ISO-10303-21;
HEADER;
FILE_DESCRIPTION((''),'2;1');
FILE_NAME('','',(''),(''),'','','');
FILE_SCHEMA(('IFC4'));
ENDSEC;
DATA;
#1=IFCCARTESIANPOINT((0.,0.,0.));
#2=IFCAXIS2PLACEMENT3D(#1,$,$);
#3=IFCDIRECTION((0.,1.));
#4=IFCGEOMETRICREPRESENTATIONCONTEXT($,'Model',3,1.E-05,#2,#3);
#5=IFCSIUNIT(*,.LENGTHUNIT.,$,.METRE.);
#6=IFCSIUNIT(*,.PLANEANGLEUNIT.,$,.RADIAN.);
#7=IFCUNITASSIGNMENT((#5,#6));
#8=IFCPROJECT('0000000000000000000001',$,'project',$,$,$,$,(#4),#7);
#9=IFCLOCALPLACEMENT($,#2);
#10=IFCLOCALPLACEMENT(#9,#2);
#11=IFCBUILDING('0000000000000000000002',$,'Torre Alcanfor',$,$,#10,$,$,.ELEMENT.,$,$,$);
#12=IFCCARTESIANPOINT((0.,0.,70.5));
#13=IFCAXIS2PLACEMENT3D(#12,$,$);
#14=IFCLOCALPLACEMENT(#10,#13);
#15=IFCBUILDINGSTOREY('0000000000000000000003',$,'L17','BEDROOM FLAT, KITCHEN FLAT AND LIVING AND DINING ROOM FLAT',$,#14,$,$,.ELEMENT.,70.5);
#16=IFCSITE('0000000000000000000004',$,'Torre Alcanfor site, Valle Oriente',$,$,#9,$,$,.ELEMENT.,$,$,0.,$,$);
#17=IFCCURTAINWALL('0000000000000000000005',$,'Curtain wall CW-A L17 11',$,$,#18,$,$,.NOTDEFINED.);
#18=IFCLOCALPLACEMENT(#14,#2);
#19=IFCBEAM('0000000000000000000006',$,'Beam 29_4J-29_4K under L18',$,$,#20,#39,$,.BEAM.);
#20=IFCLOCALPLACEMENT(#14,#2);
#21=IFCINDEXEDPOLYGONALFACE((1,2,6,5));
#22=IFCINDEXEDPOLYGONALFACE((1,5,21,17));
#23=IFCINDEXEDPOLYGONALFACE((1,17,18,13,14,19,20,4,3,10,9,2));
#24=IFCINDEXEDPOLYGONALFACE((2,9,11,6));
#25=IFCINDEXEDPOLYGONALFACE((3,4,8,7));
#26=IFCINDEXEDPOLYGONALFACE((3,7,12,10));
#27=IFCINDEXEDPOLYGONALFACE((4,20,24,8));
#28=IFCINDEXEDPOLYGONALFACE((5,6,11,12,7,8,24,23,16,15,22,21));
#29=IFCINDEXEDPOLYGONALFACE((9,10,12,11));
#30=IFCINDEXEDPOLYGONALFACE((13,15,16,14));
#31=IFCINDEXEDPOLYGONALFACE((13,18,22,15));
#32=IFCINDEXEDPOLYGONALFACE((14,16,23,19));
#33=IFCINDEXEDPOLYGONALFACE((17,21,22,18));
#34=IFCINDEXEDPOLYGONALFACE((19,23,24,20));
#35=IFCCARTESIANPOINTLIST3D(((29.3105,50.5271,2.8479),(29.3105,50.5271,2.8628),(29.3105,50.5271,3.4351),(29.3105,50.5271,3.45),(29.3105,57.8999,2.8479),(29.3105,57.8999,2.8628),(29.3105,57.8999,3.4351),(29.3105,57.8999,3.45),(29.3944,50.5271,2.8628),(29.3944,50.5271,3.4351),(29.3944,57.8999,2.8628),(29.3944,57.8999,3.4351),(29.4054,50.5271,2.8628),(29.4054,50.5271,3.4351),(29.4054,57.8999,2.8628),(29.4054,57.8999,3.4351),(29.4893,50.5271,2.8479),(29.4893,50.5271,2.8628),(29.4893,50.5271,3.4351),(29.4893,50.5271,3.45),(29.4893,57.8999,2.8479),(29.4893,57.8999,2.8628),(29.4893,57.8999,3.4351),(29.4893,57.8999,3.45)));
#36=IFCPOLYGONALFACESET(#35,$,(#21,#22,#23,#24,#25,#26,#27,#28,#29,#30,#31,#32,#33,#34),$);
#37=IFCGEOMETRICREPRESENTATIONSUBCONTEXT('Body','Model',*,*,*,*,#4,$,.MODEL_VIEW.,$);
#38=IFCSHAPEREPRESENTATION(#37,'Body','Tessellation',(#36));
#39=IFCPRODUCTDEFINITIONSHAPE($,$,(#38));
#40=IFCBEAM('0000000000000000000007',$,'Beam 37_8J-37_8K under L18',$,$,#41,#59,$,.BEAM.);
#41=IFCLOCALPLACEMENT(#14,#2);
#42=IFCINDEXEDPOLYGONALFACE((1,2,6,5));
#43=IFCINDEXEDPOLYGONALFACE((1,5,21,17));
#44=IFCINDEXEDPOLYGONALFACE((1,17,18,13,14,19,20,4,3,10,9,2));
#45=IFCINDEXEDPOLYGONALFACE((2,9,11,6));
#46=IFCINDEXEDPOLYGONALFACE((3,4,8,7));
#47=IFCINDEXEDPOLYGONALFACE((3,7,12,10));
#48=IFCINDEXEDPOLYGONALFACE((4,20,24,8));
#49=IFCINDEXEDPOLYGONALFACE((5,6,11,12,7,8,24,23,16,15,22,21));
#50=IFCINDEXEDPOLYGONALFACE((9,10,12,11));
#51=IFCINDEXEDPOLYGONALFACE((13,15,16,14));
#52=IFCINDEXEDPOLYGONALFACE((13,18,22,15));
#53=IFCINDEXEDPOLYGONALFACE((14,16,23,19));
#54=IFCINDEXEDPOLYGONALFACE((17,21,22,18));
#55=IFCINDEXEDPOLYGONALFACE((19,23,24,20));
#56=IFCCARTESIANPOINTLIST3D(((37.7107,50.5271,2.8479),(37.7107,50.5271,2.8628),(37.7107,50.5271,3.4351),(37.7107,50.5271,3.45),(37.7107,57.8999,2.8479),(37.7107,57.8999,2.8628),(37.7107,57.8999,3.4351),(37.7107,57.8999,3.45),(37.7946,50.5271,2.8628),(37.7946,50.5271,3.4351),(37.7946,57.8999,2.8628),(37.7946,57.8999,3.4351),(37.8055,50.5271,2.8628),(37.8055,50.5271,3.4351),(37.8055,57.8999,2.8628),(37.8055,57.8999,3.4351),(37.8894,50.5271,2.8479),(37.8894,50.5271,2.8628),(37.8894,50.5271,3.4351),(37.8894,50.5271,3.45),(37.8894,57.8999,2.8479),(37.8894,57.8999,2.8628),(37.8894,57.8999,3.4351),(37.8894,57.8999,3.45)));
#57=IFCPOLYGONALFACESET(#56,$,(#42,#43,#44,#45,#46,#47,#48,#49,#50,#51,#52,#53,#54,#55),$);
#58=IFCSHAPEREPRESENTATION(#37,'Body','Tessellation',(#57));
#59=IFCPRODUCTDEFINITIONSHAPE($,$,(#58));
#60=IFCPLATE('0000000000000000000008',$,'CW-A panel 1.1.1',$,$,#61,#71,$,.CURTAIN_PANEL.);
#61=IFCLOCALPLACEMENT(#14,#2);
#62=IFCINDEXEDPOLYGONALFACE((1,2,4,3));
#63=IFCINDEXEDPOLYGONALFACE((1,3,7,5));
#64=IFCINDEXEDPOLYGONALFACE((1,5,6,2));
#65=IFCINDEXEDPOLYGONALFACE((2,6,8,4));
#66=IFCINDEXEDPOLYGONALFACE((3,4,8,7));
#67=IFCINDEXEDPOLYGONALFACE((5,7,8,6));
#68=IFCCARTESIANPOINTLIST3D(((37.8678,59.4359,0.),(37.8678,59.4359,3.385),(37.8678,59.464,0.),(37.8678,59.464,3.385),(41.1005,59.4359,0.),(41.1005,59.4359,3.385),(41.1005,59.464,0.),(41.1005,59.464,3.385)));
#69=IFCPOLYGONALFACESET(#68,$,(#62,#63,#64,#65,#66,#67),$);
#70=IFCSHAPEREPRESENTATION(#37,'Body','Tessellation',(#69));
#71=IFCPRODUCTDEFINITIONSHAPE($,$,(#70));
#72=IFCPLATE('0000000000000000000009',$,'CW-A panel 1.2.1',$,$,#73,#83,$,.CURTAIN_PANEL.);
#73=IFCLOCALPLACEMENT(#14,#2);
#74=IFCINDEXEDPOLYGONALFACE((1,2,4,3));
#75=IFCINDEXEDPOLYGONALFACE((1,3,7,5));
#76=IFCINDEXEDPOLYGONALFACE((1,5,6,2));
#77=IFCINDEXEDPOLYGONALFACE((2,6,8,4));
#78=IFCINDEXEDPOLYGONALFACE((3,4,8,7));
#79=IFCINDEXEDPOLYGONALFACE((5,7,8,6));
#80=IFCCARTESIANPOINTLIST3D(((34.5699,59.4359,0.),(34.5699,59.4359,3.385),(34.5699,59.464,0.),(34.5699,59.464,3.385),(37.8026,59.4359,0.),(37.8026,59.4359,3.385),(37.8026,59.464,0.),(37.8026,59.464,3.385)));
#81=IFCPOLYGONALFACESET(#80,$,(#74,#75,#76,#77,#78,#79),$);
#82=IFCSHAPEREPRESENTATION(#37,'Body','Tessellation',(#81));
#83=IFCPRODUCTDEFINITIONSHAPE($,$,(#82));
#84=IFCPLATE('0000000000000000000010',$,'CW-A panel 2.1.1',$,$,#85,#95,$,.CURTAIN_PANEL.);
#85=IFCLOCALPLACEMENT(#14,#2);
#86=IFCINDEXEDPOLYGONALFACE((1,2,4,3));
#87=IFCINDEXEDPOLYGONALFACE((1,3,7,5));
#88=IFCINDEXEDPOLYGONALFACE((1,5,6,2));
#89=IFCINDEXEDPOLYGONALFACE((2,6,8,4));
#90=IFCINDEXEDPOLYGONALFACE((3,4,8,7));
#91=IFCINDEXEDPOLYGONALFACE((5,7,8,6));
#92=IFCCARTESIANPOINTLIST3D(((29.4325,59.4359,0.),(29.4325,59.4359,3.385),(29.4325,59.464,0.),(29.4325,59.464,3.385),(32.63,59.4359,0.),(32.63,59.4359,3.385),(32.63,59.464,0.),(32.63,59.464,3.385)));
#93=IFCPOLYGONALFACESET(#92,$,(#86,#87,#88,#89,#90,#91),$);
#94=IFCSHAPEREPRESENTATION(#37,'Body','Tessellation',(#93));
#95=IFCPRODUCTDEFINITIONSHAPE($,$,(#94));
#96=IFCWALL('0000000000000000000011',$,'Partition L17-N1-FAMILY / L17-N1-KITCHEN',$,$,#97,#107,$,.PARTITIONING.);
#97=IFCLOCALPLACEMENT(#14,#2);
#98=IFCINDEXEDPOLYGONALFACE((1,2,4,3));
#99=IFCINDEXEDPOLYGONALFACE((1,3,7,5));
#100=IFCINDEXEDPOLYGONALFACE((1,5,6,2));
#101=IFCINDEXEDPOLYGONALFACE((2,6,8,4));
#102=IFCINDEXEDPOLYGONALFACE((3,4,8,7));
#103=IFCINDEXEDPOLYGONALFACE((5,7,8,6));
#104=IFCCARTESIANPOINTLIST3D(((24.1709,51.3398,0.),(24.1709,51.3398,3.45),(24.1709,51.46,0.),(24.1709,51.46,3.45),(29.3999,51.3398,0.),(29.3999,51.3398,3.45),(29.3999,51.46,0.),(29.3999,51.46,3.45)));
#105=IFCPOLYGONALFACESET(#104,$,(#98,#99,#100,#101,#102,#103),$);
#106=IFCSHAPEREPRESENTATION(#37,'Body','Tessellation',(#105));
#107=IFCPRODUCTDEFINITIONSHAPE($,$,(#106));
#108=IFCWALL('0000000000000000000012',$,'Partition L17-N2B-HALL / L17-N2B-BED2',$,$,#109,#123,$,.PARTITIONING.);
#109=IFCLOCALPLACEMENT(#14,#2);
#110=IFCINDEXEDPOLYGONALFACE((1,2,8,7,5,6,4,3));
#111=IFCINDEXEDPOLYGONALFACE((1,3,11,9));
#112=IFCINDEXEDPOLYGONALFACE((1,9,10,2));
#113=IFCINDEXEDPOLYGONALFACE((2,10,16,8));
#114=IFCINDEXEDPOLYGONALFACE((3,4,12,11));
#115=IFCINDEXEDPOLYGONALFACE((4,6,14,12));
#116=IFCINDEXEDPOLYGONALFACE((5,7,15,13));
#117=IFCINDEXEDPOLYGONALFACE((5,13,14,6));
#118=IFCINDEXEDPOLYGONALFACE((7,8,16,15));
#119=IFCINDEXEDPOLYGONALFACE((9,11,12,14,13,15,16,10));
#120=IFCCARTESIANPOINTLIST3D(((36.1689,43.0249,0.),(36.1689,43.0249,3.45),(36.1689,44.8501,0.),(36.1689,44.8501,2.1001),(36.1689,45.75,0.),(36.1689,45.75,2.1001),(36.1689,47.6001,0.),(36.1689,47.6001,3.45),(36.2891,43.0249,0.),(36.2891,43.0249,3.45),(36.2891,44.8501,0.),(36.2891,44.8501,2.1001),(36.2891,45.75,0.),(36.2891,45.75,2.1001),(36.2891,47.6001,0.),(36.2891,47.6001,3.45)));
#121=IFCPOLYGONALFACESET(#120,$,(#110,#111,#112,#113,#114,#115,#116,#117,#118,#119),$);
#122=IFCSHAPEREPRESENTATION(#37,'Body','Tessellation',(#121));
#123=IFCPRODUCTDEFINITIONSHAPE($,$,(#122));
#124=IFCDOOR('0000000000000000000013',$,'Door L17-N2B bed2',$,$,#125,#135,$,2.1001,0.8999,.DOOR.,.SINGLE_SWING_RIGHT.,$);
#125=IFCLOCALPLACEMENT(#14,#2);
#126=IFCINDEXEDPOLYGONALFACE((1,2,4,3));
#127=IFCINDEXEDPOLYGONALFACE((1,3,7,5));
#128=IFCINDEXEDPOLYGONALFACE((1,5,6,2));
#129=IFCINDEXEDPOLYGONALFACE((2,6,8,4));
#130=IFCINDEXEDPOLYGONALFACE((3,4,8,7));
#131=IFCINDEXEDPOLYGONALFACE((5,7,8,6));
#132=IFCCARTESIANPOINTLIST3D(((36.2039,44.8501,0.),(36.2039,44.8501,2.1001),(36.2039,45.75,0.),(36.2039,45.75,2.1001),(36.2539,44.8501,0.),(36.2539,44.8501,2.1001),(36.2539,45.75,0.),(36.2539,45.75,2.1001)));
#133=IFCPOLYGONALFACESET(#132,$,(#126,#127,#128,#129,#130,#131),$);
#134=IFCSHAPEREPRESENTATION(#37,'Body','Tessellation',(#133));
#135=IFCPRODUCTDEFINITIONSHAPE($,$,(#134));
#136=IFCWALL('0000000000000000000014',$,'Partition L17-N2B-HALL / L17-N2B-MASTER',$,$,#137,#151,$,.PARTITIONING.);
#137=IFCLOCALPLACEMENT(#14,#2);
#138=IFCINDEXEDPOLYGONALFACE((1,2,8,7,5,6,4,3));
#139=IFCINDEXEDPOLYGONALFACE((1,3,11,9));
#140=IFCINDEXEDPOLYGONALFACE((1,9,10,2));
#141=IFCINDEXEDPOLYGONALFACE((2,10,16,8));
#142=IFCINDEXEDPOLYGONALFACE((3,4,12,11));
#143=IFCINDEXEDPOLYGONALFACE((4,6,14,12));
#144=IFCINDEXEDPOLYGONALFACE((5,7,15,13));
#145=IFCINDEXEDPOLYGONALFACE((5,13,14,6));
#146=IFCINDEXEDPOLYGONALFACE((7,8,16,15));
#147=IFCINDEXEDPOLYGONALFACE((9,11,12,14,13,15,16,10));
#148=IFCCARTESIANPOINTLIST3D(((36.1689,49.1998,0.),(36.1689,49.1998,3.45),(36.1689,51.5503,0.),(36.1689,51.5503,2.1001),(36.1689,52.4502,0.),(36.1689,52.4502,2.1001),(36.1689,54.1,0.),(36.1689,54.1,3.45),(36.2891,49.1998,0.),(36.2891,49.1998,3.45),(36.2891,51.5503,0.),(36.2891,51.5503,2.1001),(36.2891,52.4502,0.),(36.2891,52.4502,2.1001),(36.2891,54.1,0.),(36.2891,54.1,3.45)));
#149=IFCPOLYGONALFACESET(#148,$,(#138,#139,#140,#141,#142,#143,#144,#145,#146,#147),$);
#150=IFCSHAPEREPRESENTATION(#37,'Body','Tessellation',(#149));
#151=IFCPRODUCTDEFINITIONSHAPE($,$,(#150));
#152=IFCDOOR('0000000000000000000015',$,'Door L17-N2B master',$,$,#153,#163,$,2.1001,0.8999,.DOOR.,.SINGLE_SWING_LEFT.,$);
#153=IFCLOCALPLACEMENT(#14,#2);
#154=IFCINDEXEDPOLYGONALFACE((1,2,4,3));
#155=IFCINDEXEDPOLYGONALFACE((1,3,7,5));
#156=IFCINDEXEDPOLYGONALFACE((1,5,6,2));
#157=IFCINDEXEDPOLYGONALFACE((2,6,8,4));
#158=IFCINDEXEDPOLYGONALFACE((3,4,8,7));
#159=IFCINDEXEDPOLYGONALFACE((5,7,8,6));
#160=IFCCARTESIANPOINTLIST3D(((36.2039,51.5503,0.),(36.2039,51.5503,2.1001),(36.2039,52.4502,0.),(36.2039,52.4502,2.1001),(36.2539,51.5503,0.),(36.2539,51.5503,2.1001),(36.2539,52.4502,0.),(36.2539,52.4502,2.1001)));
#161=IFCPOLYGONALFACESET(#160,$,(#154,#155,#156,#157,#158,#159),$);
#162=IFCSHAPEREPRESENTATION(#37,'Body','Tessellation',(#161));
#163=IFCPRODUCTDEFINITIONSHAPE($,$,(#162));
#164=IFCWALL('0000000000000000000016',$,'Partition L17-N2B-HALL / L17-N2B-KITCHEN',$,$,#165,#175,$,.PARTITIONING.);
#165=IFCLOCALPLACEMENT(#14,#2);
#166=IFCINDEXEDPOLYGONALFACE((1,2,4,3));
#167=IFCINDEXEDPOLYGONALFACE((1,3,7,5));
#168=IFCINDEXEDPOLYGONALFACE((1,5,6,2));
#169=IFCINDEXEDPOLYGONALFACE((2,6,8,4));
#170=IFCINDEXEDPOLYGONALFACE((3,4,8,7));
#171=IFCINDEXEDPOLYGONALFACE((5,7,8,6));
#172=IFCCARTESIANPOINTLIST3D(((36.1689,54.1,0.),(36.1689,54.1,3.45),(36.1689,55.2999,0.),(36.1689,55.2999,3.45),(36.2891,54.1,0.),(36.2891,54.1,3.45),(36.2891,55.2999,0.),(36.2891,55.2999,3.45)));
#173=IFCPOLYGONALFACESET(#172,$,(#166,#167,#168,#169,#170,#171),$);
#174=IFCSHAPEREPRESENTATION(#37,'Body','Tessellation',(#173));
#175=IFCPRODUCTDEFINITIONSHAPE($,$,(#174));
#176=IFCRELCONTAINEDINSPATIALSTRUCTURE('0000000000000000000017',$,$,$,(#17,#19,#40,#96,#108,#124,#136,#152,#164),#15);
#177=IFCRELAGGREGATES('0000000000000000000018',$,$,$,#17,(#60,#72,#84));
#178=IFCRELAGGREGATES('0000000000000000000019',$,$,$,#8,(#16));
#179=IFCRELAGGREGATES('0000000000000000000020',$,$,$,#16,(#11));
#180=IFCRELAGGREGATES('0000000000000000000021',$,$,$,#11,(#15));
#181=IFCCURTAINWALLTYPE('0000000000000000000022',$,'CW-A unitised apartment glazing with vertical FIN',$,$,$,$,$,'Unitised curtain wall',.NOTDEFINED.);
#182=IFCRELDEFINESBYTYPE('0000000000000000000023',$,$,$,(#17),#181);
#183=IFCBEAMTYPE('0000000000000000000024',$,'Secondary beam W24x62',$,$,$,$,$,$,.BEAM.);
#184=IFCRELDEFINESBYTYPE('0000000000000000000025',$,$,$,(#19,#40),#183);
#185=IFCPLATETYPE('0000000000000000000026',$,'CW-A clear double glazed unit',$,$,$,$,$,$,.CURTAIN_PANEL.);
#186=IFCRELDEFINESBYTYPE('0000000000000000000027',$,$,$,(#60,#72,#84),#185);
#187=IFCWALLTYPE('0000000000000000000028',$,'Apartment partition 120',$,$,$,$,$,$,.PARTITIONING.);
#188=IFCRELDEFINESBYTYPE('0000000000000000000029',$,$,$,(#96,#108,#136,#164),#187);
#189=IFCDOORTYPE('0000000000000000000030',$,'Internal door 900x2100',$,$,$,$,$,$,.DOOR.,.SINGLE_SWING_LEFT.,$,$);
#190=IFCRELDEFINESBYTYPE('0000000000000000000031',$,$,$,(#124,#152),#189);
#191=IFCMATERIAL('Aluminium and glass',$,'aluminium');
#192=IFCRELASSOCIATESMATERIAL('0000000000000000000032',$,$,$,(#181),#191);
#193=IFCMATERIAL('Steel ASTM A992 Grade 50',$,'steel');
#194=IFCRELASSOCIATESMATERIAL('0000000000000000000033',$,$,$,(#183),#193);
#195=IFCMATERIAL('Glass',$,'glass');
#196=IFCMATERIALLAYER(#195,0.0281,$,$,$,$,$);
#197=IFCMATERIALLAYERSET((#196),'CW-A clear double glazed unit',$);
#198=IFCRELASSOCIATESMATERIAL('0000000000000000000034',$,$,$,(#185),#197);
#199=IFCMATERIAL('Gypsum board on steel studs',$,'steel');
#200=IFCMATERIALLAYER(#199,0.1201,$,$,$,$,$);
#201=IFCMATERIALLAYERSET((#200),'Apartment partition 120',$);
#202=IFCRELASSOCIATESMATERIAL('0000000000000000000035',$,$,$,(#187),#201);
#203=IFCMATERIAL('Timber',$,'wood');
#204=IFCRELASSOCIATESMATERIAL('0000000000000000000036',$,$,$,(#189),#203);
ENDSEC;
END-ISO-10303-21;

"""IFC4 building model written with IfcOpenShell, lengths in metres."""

from ifc_helpers import new_model, si_unit, direction, frame, frame_2d, origin, origin_2d, place, context, subcontext, project, spatial, rectangle, i_section, extrude, material, layer, layer_set, material_profile, profile_set, type_object, element, fill, aggregate, save


model = new_model("IFC4")

# Units and contexts
model_context = context("Model", 3, precision=1e-05, world=origin(), true_north=direction((0.0, 1.0)))
body_context = subcontext(model_context, "Body", "Model", "MODEL_VIEW")
ifc_project = project(units=[si_unit("LENGTHUNIT", "METRE"), si_unit("PLANEANGLEUNIT", "RADIAN")], contexts=[model_context])

# Site, building, storey
site_placement = place(None, origin())
site = spatial("IfcSite", under=ifc_project, at=site_placement, Name="Torre Alcanfor site, Valle Oriente", CompositionType="ELEMENT", RefElevation=0.0)
building_placement = place(site_placement, origin())
building = spatial("IfcBuilding", under=site, at=building_placement, Name="Torre Alcanfor", CompositionType="ELEMENT")
storey_placement = place(building_placement, frame((0.0, 0.0, 70.5)))
storey = spatial("IfcBuildingStorey", under=building, at=storey_placement, Name="L17", Description="BEDROOM FLAT, KITCHEN FLAT AND LIVING AND DINING ROOM FLAT", CompositionType="ELEMENT", Elevation=70.5)

# Curtain wall
ifc_material_1 = material(Name="Aluminium and glass", Category="aluminium")
curtain_wall_type = type_object("IfcCurtainWallType", Name="CW-A unitised apartment glazing with vertical FIN", ElementType="Unitised curtain wall", PredefinedType="NOTDEFINED", material=ifc_material_1)
curtain_wall_placement = place(storey_placement, origin())
curtain_wall = element("IfcCurtainWall", 1, at=curtain_wall_placement, inside=storey, type_object=curtain_wall_type, Name="Curtain wall CW-A L17 11", PredefinedType="NOTDEFINED")

# Beams
ifc_material_2 = material(Name="Steel ASTM A992 Grade 50", Category="steel")
ifc_material_profile_1 = material_profile(ifc_material_2, i_section(OverallWidth=0.1787, OverallDepth=0.6021, WebThickness=0.011, FlangeThickness=0.0149, at=origin_2d()), Name="W24x62")
ifc_profile_set_1 = profile_set([ifc_material_profile_1], Name="Steel ASTM A992 Grade 50")
beam_type_1 = type_object("IfcBeamType", Name="Secondary beam W24x62", PredefinedType="BEAM", material=ifc_profile_set_1)
for number, where, z_axis, x_axis, name in (
    (2, (29.3999, 50.5271, 3.1489), (0.0, 1.0, 0.0), (-1.0, 0.0, 0.0), "Beam 29_4J-29_4K under L18"),
    (3, (37.8, 50.5271, 3.1489), (0.0, 1.0, 0.0), (-1.0, 0.0, 0.0), "Beam 37_8J-37_8K under L18"),
):
    element("IfcBeam", number, at=place(storey_placement, frame(where, z_axis=z_axis, x_axis=x_axis)), inside=storey, type_object=beam_type_1, Name=name, PredefinedType="BEAM", context=body_context, shape_type="SweptSolid", body=[
        extrude(i_section(OverallWidth=0.1787, OverallDepth=0.6021, WebThickness=0.011, FlangeThickness=0.0149, at=origin_2d()), origin(), (0.0, 0.0, 1.0), 7.3728),
    ])

# Plates
ifc_material_3 = material(Name="Glass", Category="glass")
ifc_layer_1 = layer(ifc_material_3, 0.0281)
ifc_layer_set_1 = layer_set([ifc_layer_1], Name="CW-A clear double glazed unit")
plate_type = type_object("IfcPlateType", Name="CW-A clear double glazed unit", PredefinedType="CURTAIN_PANEL", material=ifc_layer_set_1)
plate_1_placement = place(storey_placement, frame((39.4841, 59.45, 0.0), z_axis=(0.0, 0.0, 1.0), x_axis=(-1.0, 0.0, 0.0)))
plate_1 = element("IfcPlate", 4, at=plate_1_placement, type_object=plate_type, Name="CW-A panel 1.1.1", PredefinedType="CURTAIN_PANEL", context=body_context, shape_type="SweptSolid", body=[
    extrude(rectangle(XDim=3.2327, YDim=0.0281, at=origin_2d()), origin(), (0.0, 0.0, 1.0), 3.385),
])
plate_2_placement = place(storey_placement, frame((36.1863, 59.45, 0.0), z_axis=(0.0, 0.0, 1.0), x_axis=(-1.0, 0.0, 0.0)))
plate_2 = element("IfcPlate", 5, at=plate_2_placement, type_object=plate_type, Name="CW-A panel 1.2.1", PredefinedType="CURTAIN_PANEL", context=body_context, shape_type="SweptSolid", body=[
    extrude(rectangle(XDim=3.2327, YDim=0.0281, at=origin_2d()), origin(), (0.0, 0.0, 1.0), 3.385),
])
plate_3_placement = place(storey_placement, frame((31.0312, 59.45, 0.0), z_axis=(0.0, 0.0, 1.0), x_axis=(-1.0, 0.0, 0.0)))
plate_3 = element("IfcPlate", 6, at=plate_3_placement, type_object=plate_type, Name="CW-A panel 2.1.1", PredefinedType="CURTAIN_PANEL", context=body_context, shape_type="SweptSolid", body=[
    extrude(rectangle(XDim=3.1975, YDim=0.0281, at=origin_2d()), origin(), (0.0, 0.0, 1.0), 3.385),
])
aggregate(curtain_wall, [plate_1, plate_2, plate_3])

# Wall
ifc_material_4 = material(Name="Gypsum board on steel studs", Category="steel")
ifc_layer_2 = layer(ifc_material_4, 0.1201)
ifc_layer_set_2 = layer_set([ifc_layer_2], Name="Apartment partition 120")
wall_type_1 = type_object("IfcWallType", Name="Apartment partition 120", PredefinedType="PARTITIONING", material=ifc_layer_set_2)
wall_1_placement = place(storey_placement, frame((29.3999, 51.3999, 0.0), z_axis=(0.0, 0.0, 1.0), x_axis=(-1.0, 0.0, 0.0)))
element("IfcWall", 7, at=wall_1_placement, inside=storey, type_object=wall_type_1, Name="Partition L17-N1-FAMILY / L17-N1-KITCHEN", PredefinedType="PARTITIONING", context=body_context, shape_type="SweptSolid", body=[
    extrude(rectangle(XDim=5.229, YDim=0.1201, at=frame_2d((2.6145, 0.0))), origin(), (0.0, 0.0, 1.0), 3.45),
])

# Walls, openings, doors
wall_2_placement = place(storey_placement, frame((36.229, 47.6001, 0.0), z_axis=(0.0, 0.0, 1.0), x_axis=(0.0, -1.0, 0.0)))
wall_2 = element("IfcWall", 8, at=wall_2_placement, inside=storey, type_object=wall_type_1, Name="Partition L17-N2B-HALL / L17-N2B-BED2", PredefinedType="PARTITIONING", context=body_context, shape_type="SweptSolid", body=[
    extrude(rectangle(XDim=4.5752, YDim=0.1201, at=frame_2d((2.2876, 0.0))), origin(), (0.0, 0.0, 1.0), 3.45),
])
opening_1_placement = place(wall_2_placement, frame((1.8501, 0.0, 0.0)))
opening_1 = element("IfcOpeningElement", 9, at=opening_1_placement, cuts=wall_2, PredefinedType="OPENING", context=body_context, shape_type="SweptSolid", body=[
    extrude(rectangle(XDim=0.8999, YDim=2.1001, at=frame_2d((0.45, 1.05))), frame((0.0, 0.0701, 0.0), z_axis=(0.0, -1.0, 0.0), x_axis=(1.0, 0.0, 0.0)), (0.0, 0.0, 1.0), 0.1401),
])
ifc_material_5 = material(Name="Timber", Category="wood")
door_type_1 = type_object("IfcDoorType", Name="Internal door 900x2100", OperationType="SINGLE_SWING_LEFT", PredefinedType="DOOR", material=ifc_material_5)
door_1_placement = place(opening_1_placement, origin())
door_1 = element("IfcDoor", 10, at=door_1_placement, inside=storey, type_object=door_type_1, Name="Door L17-N2B bed2", OperationType="SINGLE_SWING_RIGHT", OverallHeight=2.1001, OverallWidth=0.8999, PredefinedType="DOOR", context=body_context, shape_type="SweptSolid", body=[
    extrude(rectangle(XDim=0.8999, YDim=2.1001, at=frame_2d((0.45, 1.05))), frame((0.0, 0.0249, 0.0), z_axis=(0.0, -1.0, 0.0), x_axis=(1.0, 0.0, 0.0)), (0.0, 0.0, 1.0), 0.05),
])
fill(opening_1, door_1)
wall_3_placement = place(storey_placement, frame((36.229, 54.1001, 0.0), z_axis=(0.0, 0.0, 1.0), x_axis=(0.0, -1.0, 0.0)))
wall_3 = element("IfcWall", 11, at=wall_3_placement, inside=storey, type_object=wall_type_1, Name="Partition L17-N2B-HALL / L17-N2B-MASTER", PredefinedType="PARTITIONING", context=body_context, shape_type="SweptSolid", body=[
    extrude(rectangle(XDim=4.9001, YDim=0.1201, at=frame_2d((2.4502, 0.0))), origin(), (0.0, 0.0, 1.0), 3.45),
])
opening_2_placement = place(wall_3_placement, frame((1.6499, 0.0, 0.0)))
opening_2 = element("IfcOpeningElement", 12, at=opening_2_placement, cuts=wall_3, PredefinedType="OPENING", context=body_context, shape_type="SweptSolid", body=[
    extrude(rectangle(XDim=0.8999, YDim=2.1001, at=frame_2d((0.45, 1.05))), frame((0.0, 0.0701, 0.0), z_axis=(0.0, -1.0, 0.0), x_axis=(1.0, 0.0, 0.0)), (0.0, 0.0, 1.0), 0.1401),
])
door_2_placement = place(opening_2_placement, origin())
door_2 = element("IfcDoor", 13, at=door_2_placement, inside=storey, type_object=door_type_1, Name="Door L17-N2B master", OperationType="SINGLE_SWING_LEFT", OverallHeight=2.1001, OverallWidth=0.8999, PredefinedType="DOOR", context=body_context, shape_type="SweptSolid", body=[
    extrude(rectangle(XDim=0.8999, YDim=2.1001, at=frame_2d((0.45, 1.05))), frame((0.0, 0.0249, 0.0), z_axis=(0.0, -1.0, 0.0), x_axis=(1.0, 0.0, 0.0)), (0.0, 0.0, 1.0), 0.05),
])
fill(opening_2, door_2)

# Wall
wall_4_placement = place(storey_placement, frame((36.229, 55.3, 0.0), z_axis=(0.0, 0.0, 1.0), x_axis=(0.0, -1.0, 0.0)))
element("IfcWall", 14, at=wall_4_placement, inside=storey, type_object=wall_type_1, Name="Partition L17-N2B-HALL / L17-N2B-KITCHEN", PredefinedType="PARTITIONING", context=body_context, shape_type="SweptSolid", body=[
    extrude(rectangle(XDim=1.2, YDim=0.1201, at=frame_2d((0.6001, 0.0))), origin(), (0.0, 0.0, 1.0), 3.45),
])

save(model, "model.ifc")
